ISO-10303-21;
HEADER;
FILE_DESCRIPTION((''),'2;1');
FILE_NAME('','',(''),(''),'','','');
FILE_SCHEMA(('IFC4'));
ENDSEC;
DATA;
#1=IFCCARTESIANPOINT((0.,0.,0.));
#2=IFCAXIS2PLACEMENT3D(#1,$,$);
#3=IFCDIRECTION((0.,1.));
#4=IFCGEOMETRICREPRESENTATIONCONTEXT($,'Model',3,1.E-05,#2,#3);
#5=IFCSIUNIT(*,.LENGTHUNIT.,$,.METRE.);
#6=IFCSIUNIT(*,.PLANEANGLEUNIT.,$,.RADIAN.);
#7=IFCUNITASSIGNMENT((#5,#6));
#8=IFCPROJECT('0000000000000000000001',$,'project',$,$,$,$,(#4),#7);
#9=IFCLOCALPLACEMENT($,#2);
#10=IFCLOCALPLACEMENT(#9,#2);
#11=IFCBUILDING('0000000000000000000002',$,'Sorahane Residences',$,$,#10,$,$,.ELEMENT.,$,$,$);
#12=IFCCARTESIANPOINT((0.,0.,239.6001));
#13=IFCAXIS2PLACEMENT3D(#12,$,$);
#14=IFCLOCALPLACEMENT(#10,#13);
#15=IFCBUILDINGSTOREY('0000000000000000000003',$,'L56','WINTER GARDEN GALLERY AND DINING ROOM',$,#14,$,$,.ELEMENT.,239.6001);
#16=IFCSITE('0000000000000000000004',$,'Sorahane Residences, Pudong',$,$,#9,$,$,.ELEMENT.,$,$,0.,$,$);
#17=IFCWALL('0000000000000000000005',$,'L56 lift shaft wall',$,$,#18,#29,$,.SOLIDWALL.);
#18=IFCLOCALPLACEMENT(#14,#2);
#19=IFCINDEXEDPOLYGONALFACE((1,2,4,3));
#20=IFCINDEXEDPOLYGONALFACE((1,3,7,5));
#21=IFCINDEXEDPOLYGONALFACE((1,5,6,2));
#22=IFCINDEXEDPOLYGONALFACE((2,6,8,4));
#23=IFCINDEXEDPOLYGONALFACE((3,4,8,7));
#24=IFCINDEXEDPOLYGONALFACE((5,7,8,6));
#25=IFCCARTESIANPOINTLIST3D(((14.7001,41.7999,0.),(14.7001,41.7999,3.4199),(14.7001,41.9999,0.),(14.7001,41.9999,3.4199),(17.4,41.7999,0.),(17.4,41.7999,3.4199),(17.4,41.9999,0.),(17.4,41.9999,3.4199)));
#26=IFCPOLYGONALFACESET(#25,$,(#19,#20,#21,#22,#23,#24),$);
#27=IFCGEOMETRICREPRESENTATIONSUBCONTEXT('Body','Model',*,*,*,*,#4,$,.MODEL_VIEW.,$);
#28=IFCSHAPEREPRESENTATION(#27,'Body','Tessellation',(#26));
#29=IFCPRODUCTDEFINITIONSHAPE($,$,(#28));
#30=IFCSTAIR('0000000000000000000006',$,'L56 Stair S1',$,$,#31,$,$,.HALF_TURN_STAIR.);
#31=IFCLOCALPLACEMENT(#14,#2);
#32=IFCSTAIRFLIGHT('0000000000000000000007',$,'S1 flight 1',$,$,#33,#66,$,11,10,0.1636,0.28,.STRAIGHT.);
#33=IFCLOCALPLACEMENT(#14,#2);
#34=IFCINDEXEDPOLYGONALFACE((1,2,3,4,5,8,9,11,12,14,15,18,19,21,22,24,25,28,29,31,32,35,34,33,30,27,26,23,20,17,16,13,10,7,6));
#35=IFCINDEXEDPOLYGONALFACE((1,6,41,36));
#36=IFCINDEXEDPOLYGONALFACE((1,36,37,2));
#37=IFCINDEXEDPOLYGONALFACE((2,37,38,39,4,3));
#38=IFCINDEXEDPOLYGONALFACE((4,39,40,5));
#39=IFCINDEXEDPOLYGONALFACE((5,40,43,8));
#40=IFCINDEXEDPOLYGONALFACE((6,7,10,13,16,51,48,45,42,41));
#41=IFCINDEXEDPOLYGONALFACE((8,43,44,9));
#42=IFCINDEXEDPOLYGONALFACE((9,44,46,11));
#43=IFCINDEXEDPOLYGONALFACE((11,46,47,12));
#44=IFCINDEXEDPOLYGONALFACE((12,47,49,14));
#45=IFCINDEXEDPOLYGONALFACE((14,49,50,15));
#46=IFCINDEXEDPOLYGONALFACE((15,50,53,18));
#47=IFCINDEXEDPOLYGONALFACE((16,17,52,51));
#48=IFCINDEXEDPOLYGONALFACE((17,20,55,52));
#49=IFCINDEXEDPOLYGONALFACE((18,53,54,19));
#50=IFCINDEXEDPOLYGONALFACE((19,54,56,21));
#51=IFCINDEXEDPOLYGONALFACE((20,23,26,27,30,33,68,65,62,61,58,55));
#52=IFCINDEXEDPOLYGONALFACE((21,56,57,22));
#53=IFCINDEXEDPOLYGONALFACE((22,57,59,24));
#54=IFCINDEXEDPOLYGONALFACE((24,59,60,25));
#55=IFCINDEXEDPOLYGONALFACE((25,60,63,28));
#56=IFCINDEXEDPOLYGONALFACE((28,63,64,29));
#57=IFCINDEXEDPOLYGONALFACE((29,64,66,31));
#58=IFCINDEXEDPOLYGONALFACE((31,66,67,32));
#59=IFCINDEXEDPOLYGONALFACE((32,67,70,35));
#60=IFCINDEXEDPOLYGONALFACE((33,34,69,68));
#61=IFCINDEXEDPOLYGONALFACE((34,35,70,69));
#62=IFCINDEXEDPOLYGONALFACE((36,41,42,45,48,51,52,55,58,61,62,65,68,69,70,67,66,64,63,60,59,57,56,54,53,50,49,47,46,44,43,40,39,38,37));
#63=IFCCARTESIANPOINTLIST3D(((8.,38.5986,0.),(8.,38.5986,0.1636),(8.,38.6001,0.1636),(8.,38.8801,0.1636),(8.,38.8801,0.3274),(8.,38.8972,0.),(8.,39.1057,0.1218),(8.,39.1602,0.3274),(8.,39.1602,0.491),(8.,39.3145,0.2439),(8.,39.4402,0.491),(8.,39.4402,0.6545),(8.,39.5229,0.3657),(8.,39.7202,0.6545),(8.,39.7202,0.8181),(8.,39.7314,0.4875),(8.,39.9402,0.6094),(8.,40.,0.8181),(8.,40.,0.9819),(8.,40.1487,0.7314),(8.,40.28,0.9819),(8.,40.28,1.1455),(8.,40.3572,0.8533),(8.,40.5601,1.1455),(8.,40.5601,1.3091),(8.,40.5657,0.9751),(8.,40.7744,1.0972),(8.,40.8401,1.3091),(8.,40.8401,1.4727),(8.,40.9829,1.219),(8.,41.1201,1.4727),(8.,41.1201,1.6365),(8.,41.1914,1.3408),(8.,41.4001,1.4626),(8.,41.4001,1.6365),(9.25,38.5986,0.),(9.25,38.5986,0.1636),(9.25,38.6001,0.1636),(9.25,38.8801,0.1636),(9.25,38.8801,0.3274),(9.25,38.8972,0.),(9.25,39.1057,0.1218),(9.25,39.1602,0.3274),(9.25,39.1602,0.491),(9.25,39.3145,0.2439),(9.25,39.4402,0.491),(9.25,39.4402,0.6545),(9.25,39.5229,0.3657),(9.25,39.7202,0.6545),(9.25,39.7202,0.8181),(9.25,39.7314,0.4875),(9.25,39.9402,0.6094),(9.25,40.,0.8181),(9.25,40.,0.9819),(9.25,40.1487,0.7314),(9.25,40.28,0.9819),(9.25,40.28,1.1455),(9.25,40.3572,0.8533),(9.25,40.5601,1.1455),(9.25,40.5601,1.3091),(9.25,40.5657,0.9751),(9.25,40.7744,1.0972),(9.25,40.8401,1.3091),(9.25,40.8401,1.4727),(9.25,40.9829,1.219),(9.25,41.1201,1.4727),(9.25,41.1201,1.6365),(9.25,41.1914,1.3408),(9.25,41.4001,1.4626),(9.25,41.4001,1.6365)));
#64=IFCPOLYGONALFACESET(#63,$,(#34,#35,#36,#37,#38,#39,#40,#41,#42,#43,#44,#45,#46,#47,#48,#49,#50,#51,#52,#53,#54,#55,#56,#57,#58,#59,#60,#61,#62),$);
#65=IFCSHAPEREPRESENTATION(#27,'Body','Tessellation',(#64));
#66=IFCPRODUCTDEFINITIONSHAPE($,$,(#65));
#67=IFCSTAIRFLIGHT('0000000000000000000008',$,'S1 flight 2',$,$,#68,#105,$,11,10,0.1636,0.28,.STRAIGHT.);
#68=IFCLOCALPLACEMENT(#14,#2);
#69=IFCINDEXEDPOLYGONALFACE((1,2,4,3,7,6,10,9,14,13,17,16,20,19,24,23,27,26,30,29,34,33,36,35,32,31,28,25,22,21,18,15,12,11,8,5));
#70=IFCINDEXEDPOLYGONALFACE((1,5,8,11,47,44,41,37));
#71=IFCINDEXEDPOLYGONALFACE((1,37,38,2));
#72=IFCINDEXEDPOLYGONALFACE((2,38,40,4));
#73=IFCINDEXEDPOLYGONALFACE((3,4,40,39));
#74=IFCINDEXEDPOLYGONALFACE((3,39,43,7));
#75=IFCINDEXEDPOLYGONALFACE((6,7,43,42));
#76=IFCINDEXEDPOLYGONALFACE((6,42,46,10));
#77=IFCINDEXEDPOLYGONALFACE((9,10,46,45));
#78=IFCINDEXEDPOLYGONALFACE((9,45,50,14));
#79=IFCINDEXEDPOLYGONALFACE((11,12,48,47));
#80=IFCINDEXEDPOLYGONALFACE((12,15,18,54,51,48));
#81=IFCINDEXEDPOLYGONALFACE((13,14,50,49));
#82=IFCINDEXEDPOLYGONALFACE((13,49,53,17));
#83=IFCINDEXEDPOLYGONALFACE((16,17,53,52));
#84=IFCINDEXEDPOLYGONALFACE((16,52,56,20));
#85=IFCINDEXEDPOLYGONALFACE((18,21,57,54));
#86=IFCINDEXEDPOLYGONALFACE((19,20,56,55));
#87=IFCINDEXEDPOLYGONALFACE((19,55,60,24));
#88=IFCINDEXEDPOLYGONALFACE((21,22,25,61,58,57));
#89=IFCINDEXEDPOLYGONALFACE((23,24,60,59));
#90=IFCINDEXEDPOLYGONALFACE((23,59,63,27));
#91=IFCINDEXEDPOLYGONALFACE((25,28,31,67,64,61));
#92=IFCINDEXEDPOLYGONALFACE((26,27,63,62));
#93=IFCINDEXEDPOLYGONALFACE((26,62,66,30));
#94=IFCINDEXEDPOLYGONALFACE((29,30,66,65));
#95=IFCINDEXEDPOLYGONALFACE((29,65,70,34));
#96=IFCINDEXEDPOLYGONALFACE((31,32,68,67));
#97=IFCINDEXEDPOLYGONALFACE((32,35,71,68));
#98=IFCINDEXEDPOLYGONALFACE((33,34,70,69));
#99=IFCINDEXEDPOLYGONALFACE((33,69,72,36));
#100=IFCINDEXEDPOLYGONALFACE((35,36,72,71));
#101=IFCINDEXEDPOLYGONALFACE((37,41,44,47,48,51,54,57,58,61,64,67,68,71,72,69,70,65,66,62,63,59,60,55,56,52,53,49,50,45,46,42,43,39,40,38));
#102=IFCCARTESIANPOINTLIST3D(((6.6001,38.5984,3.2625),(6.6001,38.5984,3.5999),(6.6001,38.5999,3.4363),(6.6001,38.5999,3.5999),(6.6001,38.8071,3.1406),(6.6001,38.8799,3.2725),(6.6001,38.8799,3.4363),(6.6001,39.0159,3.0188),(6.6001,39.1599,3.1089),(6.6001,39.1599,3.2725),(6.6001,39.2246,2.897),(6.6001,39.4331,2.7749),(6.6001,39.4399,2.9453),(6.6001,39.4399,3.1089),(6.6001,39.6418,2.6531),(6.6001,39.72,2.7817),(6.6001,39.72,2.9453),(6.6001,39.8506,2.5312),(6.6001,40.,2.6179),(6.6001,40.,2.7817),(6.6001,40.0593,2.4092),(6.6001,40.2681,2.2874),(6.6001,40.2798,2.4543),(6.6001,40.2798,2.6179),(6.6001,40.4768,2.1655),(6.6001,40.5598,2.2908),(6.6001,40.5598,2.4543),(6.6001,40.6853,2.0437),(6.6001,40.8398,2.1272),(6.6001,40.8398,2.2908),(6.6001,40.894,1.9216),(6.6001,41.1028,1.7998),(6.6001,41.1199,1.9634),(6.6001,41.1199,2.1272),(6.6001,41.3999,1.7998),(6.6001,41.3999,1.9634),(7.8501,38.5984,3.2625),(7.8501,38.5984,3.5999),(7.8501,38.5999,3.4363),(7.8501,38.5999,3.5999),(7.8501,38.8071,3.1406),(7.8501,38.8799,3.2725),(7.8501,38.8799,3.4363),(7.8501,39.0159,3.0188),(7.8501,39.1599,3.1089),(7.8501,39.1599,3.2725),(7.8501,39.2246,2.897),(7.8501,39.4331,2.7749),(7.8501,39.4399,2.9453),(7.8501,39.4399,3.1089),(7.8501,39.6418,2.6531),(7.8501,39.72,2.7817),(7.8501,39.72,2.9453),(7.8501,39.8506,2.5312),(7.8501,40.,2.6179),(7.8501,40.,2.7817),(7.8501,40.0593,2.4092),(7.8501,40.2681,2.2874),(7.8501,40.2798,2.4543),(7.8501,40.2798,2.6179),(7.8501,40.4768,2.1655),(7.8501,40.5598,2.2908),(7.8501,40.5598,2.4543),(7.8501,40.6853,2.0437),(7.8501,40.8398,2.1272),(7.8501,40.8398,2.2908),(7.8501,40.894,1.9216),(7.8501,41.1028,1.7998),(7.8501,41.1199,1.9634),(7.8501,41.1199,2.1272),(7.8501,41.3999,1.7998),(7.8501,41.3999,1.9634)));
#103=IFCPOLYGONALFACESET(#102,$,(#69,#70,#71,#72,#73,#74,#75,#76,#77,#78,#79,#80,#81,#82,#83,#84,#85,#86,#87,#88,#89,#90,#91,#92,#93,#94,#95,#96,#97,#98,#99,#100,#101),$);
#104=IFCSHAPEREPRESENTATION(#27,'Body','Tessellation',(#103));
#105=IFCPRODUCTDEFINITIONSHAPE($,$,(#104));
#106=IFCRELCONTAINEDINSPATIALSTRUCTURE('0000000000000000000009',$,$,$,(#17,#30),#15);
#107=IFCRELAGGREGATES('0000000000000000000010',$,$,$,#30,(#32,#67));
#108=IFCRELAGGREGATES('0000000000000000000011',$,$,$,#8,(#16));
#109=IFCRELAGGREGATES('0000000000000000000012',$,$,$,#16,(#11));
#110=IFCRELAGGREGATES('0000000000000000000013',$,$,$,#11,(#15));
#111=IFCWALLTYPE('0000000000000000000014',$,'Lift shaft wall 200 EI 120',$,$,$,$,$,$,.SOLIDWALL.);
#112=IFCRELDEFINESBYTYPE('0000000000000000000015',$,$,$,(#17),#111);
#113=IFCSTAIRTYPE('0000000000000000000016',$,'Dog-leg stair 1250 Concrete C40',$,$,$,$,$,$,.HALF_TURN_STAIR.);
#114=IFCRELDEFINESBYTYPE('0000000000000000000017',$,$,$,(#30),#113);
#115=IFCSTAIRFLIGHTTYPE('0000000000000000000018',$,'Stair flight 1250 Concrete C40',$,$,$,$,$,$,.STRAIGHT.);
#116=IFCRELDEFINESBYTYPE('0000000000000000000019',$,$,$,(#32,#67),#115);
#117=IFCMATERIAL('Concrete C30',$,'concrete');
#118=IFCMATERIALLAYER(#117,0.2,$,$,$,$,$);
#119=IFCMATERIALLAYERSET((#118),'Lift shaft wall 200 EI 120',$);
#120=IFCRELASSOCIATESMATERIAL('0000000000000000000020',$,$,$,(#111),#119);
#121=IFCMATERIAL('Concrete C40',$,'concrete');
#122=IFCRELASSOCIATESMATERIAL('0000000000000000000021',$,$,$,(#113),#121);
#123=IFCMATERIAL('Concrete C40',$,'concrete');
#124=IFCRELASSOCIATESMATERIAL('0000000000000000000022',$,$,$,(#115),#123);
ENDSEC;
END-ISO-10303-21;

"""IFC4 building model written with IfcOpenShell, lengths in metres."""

from ifc_helpers import new_model, si_unit, direction, frame, frame_2d, origin, place, context, subcontext, project, spatial, polyline, rectangle, outline, extrude, material, layer, layer_set, type_object, element, aggregate, save


model = new_model("IFC4")

# Units and contexts
model_context = context("Model", 3, precision=1e-05, world=origin(), true_north=direction((0.0, 1.0)))
body_context = subcontext(model_context, "Body", "Model", "MODEL_VIEW")
ifc_project = project(units=[si_unit("LENGTHUNIT", "METRE"), si_unit("PLANEANGLEUNIT", "RADIAN")], contexts=[model_context])

# Site, building, storey
site_placement = place(None, origin())
site = spatial("IfcSite", under=ifc_project, at=site_placement, Name="Sorahane Residences, Pudong", CompositionType="ELEMENT", RefElevation=0.0)
building_placement = place(site_placement, origin())
building = spatial("IfcBuilding", under=site, at=building_placement, Name="Sorahane Residences", CompositionType="ELEMENT")
storey_placement = place(building_placement, frame((0.0, 0.0, 239.6001)))
storey = spatial("IfcBuildingStorey", under=building, at=storey_placement, Name="L56", Description="WINTER GARDEN GALLERY AND DINING ROOM", CompositionType="ELEMENT", Elevation=239.6001)

# Wall
ifc_material_1 = material(Name="Concrete C30", Category="concrete")
ifc_layer_1 = layer(ifc_material_1, 0.2)
ifc_layer_set_1 = layer_set([ifc_layer_1], Name="Lift shaft wall 200 EI 120")
wall_type_1 = type_object("IfcWallType", Name="Lift shaft wall 200 EI 120", PredefinedType="SOLIDWALL", material=ifc_layer_set_1)
wall_1_placement = place(storey_placement, frame((14.7, 41.8999, 0.0), z_axis=(0.0, 0.0, 1.0), x_axis=(1.0, 0.0, 0.0)))
element("IfcWall", 1, at=wall_1_placement, inside=storey, type_object=wall_type_1, Name="L56 lift shaft wall", PredefinedType="SOLIDWALL", context=body_context, shape_type="SweptSolid", body=[
    extrude(rectangle(XDim=2.7, YDim=0.2, at=frame_2d((1.3501, 0.0))), origin(), (0.0, 0.0, 1.0), 3.4199),
])

# Stair, stair flights
ifc_material_2 = material(Name="Concrete C40", Category="concrete")
stair_type = type_object("IfcStairType", Name="Dog-leg stair 1250 Concrete C40", PredefinedType="HALF_TURN_STAIR", material=ifc_material_2)
stair_placement = place(storey_placement, origin())
stair = element("IfcStair", 2, at=stair_placement, inside=storey, type_object=stair_type, Name="L56 Stair S1", PredefinedType="HALF_TURN_STAIR")
ifc_material_3 = material(Name="Concrete C40", Category="concrete")
stair_flight_type = type_object("IfcStairFlightType", Name="Stair flight 1250 Concrete C40", PredefinedType="STRAIGHT", material=ifc_material_3)
stair_flight_1_placement = place(storey_placement, frame((8.625, 38.6001, 0.0), z_axis=(0.0, 0.0, 1.0), x_axis=(0.0, 1.0, 0.0)))
stair_flight_1 = element("IfcStairFlight", 3, at=stair_flight_1_placement, type_object=stair_flight_type, Name="S1 flight 1", NumberOfRisers=11, NumberOfTreads=10, PredefinedType="STRAIGHT", RiserHeight=0.1636, TreadLength=0.28, context=body_context, shape_type="SweptSolid", body=[
    extrude(outline(polyline([(-0.0015, 0.0), (-0.0015, 0.1636), (0.0, 0.1636), (0.28, 0.1636), (0.28, 0.3274), (0.5601, 0.3274), (0.5601, 0.491), (0.8401, 0.491), (0.8401, 0.6545), (1.1201, 0.6545), (1.1201, 0.8181), (1.3999, 0.8181), (1.3999, 0.9819), (1.6799, 0.9819), (1.6799, 1.1455), (1.96, 1.1455), (1.96, 1.3091), (2.24, 1.3091), (2.24, 1.4727), (2.52, 1.4727), (2.52, 1.6365), (2.8, 1.6365), (2.8, 1.8), (2.8, 1.4626), (2.5913, 1.3408), (2.3828, 1.219), (2.1743, 1.0972), (1.9656, 0.9751), (1.7571, 0.8533), (1.5486, 0.7314), (1.3401, 0.6094), (1.1313, 0.4875), (0.9229, 0.3657), (0.7144, 0.2439), (0.5056, 0.1218), (0.2971, 0.0), (-0.0015, 0.0)])), frame((0.0, 0.625, 0.0), z_axis=(0.0, -1.0, 0.0), x_axis=(1.0, 0.0, 0.0)), (0.0, 0.0, 1.0), 1.25),
])
stair_flight_2_placement = place(storey_placement, frame((7.2251, 41.3999, 1.7998), z_axis=(0.0, 0.0, 1.0), x_axis=(0.0, -1.0, 0.0)))
stair_flight_2 = element("IfcStairFlight", 4, at=stair_flight_2_placement, type_object=stair_flight_type, Name="S1 flight 2", NumberOfRisers=11, NumberOfTreads=10, PredefinedType="STRAIGHT", RiserHeight=0.1636, TreadLength=0.28, context=body_context, shape_type="SweptSolid", body=[
    extrude(outline(polyline([(0.0, 0.0), (0.0, 0.1636), (0.28, 0.1636), (0.28, 0.3274), (0.5601, 0.3274), (0.5601, 0.491), (0.8401, 0.491), (0.8401, 0.6545), (1.1201, 0.6545), (1.1201, 0.8181), (1.3999, 0.8181), (1.3999, 0.9819), (1.6799, 0.9819), (1.6799, 1.1455), (1.96, 1.1455), (1.96, 1.3091), (2.24, 1.3091), (2.24, 1.4727), (2.52, 1.4727), (2.52, 1.6365), (2.8, 1.6365), (2.8, 1.8), (2.8015, 1.8), (2.8015, 1.4626), (2.5928, 1.3408), (2.384, 1.219), (2.1753, 1.0972), (1.9668, 0.9751), (1.7581, 0.8533), (1.5493, 0.7314), (1.3406, 0.6094), (1.1318, 0.4875), (0.9231, 0.3657), (0.7146, 0.2439), (0.5059, 0.1218), (0.2971, 0.0), (0.0, 0.0)])), frame((0.0, 0.625, 0.0), z_axis=(0.0, -1.0, 0.0), x_axis=(1.0, 0.0, 0.0)), (0.0, 0.0, 1.0), 1.25),
])
aggregate(stair, [stair_flight_1, stair_flight_2])

save(model, "model.ifc")
